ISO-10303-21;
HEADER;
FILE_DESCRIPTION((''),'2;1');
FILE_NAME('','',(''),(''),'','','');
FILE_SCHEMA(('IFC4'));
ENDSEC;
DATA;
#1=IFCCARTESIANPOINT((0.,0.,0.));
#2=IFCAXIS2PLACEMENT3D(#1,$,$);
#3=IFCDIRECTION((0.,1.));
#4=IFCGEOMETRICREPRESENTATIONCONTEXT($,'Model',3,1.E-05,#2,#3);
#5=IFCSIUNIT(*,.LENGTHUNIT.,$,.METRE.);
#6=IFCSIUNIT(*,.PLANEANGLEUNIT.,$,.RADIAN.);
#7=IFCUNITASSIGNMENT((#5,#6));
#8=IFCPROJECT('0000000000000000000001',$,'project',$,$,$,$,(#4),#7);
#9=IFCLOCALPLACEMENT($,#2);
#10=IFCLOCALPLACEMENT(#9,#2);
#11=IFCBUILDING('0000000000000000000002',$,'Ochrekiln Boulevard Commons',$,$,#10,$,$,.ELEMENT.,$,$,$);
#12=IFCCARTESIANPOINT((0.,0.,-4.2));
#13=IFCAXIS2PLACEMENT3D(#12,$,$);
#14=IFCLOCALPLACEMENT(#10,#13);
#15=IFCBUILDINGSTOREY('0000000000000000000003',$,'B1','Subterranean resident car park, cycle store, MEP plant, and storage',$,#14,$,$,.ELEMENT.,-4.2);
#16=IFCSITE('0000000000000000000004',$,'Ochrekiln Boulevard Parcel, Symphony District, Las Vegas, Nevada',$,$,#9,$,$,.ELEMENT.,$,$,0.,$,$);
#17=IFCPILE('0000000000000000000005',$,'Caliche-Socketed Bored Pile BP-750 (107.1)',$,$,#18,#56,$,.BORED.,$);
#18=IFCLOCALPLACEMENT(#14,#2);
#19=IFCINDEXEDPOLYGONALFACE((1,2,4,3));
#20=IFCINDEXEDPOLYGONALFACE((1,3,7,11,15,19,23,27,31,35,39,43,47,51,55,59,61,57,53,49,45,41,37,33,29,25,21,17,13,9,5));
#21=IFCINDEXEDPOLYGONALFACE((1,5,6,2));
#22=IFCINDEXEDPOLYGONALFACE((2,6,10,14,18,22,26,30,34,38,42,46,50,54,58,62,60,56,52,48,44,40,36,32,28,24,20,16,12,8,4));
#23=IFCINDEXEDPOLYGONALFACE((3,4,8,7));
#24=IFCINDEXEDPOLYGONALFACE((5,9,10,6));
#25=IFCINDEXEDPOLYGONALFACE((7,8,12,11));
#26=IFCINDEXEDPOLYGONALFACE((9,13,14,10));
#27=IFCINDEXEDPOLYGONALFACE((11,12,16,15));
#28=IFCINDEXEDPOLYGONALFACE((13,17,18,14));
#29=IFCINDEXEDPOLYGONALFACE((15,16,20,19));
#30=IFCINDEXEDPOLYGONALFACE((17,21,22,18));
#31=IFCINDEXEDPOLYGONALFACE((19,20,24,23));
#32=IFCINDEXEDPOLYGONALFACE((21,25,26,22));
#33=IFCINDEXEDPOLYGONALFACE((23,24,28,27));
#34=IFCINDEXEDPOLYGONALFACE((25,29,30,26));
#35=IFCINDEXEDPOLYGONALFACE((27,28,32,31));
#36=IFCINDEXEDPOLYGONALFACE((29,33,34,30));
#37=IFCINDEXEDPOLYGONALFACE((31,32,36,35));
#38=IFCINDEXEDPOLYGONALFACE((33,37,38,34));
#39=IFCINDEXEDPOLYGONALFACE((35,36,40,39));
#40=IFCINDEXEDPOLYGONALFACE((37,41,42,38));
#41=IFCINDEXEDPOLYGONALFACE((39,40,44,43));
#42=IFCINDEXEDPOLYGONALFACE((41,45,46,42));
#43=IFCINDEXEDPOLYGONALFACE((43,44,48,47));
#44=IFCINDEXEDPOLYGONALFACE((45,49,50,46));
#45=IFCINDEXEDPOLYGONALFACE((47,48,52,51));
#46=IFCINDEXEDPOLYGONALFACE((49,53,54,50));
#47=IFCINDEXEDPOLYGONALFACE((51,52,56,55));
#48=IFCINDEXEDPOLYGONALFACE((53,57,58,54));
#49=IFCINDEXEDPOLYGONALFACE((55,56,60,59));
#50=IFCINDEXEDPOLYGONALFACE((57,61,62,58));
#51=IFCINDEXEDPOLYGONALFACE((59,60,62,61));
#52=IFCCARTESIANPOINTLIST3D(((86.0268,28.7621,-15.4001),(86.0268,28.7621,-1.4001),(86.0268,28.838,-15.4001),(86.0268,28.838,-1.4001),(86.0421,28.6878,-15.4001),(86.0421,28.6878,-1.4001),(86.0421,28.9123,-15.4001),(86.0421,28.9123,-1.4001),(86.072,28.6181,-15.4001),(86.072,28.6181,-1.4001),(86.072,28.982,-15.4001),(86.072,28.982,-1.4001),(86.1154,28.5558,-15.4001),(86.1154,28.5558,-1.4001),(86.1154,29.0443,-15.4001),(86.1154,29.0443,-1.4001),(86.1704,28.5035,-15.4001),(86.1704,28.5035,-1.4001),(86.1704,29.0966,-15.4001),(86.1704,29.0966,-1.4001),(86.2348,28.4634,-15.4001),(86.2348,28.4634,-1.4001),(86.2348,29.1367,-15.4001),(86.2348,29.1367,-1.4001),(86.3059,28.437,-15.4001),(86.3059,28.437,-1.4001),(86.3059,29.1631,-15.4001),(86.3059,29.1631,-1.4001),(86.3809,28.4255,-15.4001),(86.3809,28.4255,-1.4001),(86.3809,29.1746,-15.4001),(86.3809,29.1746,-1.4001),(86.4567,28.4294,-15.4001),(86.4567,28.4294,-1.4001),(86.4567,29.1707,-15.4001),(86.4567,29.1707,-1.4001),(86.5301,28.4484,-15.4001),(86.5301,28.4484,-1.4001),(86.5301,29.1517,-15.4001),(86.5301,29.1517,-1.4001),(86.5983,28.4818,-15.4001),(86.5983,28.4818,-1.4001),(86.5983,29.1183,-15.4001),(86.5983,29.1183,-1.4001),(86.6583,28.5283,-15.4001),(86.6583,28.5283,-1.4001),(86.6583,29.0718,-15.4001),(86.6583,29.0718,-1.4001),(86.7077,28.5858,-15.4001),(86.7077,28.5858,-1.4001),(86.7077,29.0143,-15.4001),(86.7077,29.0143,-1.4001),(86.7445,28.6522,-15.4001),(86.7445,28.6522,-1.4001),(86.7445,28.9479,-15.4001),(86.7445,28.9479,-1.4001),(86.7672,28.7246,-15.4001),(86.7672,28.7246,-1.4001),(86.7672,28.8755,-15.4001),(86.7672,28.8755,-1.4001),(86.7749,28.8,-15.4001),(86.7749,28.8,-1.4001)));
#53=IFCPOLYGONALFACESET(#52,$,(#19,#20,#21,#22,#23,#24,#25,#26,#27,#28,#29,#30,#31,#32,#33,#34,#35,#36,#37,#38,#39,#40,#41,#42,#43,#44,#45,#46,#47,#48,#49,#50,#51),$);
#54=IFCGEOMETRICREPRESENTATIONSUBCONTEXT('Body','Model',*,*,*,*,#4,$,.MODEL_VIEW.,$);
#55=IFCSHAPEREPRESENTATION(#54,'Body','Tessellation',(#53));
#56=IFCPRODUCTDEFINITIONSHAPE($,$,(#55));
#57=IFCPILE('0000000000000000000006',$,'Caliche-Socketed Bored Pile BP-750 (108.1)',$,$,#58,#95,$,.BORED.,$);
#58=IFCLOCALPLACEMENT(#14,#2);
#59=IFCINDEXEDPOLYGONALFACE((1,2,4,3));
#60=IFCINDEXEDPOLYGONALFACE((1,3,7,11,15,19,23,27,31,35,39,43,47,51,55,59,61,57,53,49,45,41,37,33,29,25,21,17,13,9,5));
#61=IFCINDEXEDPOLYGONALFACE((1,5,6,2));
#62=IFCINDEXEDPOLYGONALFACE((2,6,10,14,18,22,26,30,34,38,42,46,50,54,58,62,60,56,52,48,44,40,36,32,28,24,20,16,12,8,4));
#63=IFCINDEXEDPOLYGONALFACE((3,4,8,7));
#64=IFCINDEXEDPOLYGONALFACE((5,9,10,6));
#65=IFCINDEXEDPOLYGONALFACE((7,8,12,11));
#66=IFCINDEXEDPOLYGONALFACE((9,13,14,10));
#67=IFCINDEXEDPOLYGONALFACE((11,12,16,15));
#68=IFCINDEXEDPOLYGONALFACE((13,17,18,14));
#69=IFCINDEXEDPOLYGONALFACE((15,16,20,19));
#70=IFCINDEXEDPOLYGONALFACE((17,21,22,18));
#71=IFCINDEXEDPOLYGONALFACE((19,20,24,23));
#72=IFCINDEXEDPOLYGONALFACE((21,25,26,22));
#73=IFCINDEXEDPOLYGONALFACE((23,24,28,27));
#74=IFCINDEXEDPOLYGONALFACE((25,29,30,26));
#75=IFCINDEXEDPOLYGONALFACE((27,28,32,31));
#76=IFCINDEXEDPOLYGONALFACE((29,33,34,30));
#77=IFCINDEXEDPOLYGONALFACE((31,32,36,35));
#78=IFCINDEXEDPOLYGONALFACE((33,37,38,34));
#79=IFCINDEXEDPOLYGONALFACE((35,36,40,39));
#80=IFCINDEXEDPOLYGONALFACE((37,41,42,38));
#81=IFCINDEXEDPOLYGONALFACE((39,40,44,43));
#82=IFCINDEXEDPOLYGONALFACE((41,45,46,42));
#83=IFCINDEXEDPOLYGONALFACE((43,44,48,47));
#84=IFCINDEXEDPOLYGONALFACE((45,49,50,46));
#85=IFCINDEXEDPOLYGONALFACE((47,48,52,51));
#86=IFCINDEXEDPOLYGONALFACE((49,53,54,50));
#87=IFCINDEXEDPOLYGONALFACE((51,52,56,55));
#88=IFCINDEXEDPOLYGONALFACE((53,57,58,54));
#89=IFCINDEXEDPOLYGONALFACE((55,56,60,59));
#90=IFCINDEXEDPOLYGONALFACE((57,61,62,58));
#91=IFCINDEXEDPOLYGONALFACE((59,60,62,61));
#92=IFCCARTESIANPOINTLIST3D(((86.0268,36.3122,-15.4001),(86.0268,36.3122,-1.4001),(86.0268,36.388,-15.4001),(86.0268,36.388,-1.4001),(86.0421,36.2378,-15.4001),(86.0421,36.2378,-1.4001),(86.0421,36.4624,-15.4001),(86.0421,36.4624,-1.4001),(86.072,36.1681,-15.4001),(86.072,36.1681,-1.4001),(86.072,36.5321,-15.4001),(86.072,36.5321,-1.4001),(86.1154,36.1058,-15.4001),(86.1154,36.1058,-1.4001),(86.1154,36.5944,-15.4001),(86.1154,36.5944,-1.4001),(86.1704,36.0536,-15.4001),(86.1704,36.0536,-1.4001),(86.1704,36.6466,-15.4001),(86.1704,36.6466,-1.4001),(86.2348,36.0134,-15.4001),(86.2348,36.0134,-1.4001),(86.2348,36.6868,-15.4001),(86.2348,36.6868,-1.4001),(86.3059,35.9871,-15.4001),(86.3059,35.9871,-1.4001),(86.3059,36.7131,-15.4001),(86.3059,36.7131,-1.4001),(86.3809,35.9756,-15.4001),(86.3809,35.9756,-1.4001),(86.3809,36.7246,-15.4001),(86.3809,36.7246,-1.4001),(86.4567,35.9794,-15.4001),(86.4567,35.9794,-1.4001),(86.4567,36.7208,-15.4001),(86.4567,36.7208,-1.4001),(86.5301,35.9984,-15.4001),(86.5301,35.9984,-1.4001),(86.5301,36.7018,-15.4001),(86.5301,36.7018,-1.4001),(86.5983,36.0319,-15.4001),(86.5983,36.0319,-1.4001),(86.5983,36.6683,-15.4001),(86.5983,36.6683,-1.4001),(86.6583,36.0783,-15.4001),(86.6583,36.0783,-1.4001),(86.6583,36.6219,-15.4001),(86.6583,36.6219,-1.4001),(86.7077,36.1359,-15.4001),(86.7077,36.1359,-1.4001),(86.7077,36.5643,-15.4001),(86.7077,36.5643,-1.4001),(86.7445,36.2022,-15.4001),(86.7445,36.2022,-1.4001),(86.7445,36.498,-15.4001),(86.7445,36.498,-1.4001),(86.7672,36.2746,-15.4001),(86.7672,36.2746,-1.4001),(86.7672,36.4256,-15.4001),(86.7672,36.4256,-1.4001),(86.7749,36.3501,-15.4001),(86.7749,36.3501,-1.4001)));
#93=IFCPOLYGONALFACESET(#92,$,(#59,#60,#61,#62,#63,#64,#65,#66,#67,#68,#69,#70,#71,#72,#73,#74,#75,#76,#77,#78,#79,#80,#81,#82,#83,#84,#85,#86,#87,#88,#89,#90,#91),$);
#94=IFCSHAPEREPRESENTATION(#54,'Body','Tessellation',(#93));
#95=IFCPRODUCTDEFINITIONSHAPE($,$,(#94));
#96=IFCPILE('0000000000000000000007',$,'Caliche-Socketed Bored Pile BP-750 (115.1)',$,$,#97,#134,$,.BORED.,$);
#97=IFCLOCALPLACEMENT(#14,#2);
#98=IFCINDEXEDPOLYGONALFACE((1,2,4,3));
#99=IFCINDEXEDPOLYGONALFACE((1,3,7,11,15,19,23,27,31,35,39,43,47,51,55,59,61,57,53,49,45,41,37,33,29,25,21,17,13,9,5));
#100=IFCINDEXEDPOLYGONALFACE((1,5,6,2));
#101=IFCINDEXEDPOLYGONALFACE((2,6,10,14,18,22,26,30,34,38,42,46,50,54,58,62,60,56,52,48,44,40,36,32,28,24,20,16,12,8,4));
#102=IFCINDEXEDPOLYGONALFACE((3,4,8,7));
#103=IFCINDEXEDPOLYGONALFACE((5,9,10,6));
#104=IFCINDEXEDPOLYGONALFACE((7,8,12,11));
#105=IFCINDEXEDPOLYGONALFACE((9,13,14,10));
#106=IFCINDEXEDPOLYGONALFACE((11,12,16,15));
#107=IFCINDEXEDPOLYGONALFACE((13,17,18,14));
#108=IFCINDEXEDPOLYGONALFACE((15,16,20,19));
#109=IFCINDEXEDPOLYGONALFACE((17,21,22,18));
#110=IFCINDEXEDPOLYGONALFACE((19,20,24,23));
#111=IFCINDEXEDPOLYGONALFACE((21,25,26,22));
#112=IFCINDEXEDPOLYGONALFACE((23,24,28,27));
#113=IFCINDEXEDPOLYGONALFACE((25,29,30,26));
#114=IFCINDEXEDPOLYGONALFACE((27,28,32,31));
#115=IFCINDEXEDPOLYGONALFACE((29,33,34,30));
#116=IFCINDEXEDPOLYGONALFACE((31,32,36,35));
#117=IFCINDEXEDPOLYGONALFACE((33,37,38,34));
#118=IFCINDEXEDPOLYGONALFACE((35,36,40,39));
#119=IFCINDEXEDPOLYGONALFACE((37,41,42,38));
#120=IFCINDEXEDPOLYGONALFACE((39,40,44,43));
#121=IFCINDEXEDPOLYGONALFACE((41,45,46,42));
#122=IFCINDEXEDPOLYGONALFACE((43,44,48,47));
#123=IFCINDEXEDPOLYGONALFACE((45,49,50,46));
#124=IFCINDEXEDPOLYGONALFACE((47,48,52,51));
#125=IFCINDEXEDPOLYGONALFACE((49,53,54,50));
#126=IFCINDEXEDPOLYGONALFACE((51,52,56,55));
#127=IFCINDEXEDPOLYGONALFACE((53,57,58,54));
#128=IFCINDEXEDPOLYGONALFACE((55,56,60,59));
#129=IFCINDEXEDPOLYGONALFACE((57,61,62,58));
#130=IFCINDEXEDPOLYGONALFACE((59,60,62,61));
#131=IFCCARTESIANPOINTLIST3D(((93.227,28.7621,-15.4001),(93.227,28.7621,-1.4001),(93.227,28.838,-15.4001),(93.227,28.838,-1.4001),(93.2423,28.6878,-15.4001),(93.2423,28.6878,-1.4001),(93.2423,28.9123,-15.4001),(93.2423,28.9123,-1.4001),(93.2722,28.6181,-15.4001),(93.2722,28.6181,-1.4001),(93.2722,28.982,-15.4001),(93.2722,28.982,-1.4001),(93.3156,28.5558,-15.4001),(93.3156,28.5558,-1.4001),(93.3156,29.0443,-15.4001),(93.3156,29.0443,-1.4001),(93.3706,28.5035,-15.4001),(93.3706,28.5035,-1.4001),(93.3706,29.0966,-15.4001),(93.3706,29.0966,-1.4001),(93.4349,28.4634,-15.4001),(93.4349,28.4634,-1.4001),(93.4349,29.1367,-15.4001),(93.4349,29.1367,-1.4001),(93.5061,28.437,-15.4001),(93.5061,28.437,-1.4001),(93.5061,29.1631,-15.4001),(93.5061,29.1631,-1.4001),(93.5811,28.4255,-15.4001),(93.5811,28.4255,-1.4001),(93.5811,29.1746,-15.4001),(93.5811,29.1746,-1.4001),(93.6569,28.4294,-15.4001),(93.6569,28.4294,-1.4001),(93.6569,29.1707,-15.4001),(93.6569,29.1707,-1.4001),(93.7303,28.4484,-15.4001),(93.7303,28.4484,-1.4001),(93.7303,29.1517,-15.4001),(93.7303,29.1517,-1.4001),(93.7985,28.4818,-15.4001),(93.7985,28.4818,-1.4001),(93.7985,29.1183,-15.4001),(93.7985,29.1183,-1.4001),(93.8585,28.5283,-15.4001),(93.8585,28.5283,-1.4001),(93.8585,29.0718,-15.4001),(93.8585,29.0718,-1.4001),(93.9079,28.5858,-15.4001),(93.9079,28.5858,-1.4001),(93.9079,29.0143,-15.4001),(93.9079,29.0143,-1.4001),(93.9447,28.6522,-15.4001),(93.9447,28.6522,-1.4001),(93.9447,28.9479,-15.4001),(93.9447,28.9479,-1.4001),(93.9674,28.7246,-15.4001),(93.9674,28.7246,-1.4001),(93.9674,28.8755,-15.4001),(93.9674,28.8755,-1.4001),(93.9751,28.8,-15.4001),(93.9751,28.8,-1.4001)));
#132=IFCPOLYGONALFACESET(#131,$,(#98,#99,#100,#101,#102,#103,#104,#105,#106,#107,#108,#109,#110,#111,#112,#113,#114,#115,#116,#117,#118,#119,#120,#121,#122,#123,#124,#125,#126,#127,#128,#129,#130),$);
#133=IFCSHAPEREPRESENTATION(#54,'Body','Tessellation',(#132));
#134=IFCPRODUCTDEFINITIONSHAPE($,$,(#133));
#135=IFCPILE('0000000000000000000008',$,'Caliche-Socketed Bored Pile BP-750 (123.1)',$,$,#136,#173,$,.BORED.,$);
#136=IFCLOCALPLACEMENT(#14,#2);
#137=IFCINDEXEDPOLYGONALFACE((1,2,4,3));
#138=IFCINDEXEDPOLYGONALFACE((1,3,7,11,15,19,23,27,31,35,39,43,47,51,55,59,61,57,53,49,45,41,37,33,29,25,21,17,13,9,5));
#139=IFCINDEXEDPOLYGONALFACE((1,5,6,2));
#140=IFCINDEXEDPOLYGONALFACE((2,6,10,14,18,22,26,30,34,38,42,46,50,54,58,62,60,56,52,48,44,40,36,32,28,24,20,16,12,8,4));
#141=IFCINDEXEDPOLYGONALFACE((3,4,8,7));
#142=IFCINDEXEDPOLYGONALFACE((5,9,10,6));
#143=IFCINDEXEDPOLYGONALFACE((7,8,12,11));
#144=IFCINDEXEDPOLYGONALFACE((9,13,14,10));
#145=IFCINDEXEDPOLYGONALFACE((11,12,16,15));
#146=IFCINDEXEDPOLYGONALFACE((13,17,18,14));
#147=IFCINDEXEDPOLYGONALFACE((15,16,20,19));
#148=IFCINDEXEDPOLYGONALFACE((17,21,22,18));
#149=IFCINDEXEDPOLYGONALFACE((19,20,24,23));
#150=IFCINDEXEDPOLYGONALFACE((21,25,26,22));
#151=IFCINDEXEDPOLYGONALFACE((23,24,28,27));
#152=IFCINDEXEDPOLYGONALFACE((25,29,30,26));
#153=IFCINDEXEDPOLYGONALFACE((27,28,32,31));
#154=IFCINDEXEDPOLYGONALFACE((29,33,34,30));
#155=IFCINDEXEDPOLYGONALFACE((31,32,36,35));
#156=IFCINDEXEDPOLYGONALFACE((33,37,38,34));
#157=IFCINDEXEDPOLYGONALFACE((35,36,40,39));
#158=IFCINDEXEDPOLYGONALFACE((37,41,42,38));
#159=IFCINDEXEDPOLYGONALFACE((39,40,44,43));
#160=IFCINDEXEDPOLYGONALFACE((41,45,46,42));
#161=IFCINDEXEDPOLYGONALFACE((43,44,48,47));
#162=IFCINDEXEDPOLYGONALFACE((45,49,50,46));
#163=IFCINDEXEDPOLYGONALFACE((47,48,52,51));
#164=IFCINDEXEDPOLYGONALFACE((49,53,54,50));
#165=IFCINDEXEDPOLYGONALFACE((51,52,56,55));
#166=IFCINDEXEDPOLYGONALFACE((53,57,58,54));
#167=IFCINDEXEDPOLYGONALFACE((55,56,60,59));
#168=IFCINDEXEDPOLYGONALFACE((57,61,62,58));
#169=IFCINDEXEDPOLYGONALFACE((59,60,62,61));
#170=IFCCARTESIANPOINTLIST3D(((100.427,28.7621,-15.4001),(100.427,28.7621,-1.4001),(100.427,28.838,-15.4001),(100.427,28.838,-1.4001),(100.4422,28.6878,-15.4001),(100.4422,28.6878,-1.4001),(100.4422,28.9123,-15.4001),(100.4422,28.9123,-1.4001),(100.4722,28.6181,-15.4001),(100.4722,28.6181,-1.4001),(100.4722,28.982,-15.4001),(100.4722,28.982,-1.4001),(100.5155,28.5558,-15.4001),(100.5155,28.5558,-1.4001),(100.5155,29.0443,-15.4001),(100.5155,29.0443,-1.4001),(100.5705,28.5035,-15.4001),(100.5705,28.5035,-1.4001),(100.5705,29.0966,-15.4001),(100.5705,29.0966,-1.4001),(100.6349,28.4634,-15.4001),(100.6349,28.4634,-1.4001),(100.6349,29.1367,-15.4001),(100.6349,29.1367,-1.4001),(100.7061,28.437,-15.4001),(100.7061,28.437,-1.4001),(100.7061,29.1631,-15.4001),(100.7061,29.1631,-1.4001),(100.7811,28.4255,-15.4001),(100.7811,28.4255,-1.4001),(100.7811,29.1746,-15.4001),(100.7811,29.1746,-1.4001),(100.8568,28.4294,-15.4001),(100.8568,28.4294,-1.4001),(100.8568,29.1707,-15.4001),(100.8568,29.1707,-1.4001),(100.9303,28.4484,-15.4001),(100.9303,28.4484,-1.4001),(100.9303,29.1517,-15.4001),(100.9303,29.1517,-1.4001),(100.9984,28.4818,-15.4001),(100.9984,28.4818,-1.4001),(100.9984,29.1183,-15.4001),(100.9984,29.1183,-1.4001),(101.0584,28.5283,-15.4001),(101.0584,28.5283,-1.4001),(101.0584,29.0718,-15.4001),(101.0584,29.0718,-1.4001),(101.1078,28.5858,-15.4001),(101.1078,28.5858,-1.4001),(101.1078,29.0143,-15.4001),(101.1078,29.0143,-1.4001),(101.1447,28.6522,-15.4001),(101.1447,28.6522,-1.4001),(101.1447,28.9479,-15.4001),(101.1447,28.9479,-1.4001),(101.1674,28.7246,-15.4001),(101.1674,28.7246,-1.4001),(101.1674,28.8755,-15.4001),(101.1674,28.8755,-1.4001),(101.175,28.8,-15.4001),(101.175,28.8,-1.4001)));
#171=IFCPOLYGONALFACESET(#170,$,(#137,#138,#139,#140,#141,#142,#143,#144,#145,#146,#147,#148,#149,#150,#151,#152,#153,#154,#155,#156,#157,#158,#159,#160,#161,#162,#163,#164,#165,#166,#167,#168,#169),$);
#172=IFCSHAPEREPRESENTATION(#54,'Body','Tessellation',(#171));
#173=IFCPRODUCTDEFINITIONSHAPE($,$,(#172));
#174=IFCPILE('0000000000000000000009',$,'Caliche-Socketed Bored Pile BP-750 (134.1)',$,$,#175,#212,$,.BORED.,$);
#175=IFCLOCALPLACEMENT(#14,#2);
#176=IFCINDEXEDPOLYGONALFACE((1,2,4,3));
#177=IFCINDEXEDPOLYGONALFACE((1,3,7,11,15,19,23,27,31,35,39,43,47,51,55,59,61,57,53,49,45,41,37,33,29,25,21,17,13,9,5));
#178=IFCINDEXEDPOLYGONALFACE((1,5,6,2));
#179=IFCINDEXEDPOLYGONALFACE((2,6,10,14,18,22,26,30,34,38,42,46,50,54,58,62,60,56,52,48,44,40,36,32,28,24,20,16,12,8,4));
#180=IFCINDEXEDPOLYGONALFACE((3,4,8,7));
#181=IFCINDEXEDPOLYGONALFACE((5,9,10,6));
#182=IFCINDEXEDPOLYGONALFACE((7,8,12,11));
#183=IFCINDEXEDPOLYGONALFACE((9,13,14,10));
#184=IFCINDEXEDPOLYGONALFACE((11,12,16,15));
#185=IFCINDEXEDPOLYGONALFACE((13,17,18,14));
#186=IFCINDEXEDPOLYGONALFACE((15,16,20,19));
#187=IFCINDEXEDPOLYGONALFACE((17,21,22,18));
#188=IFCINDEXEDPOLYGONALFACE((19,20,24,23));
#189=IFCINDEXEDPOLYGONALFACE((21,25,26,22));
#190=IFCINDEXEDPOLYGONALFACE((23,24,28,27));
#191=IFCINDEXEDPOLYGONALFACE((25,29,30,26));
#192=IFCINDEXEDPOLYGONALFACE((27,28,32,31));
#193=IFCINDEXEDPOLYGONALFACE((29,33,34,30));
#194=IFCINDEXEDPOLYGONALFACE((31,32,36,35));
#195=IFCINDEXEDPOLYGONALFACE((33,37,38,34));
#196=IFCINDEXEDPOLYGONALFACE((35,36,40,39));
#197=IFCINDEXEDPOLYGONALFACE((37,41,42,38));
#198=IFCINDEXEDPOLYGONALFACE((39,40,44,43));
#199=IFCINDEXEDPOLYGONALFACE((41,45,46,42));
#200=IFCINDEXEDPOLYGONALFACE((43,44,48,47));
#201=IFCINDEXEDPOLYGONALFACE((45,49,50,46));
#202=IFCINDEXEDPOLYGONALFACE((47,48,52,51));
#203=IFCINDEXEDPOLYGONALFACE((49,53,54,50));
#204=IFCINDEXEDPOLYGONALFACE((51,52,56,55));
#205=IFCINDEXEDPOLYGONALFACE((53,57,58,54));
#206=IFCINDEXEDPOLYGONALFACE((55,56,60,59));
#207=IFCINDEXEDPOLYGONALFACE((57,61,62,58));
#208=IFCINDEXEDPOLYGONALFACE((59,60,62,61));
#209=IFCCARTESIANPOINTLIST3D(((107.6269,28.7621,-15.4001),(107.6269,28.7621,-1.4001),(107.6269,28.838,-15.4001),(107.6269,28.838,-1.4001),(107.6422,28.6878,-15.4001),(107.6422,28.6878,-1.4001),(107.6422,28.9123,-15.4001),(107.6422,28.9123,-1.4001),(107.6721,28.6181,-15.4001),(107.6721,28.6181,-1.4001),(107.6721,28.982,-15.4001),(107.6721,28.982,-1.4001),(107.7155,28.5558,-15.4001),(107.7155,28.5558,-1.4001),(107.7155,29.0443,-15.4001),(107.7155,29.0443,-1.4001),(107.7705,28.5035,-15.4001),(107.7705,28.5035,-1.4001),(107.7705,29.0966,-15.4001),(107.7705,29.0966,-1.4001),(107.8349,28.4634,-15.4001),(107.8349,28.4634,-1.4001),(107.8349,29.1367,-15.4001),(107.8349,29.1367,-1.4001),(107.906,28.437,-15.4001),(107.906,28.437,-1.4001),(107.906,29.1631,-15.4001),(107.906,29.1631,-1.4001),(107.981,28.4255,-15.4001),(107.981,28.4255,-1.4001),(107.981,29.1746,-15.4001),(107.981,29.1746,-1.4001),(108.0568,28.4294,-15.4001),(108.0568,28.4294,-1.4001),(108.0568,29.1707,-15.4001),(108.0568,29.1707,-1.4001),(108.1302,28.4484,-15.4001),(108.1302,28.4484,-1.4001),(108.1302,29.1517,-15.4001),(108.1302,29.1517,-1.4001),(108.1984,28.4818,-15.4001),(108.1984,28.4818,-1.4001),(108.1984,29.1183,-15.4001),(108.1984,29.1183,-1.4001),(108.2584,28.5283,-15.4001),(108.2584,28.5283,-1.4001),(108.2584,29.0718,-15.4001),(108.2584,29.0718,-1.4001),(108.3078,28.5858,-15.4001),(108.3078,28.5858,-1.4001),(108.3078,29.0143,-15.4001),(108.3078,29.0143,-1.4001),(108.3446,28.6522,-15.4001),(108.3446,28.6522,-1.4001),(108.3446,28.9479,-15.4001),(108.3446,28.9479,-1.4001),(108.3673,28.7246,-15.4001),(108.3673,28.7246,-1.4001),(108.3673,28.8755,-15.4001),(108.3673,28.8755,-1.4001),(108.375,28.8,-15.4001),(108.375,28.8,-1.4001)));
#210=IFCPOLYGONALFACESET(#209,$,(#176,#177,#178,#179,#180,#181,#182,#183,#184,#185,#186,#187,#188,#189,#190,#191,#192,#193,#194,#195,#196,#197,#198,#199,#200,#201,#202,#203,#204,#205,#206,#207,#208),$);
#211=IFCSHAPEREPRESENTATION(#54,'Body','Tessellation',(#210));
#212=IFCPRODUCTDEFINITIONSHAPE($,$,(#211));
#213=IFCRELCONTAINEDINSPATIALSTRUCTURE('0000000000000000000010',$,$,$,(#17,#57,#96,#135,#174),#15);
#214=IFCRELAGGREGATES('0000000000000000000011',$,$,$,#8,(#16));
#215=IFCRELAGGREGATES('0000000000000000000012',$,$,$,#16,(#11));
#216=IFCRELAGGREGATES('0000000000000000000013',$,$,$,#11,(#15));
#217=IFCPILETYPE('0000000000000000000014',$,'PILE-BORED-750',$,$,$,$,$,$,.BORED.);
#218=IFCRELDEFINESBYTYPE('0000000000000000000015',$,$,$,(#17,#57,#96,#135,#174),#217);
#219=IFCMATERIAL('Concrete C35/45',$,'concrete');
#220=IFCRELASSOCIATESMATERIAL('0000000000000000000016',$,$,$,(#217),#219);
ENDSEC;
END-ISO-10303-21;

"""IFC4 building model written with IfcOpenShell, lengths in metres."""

from ifc_helpers import new_model, si_unit, direction, frame, origin, origin_2d, place, context, subcontext, project, spatial, circle, extrude, material, material_profile, profile_set, type_object, element, save


model = new_model("IFC4")

# Units and contexts
model_context = context("Model", 3, precision=1e-05, world=origin(), true_north=direction((0.0, 1.0)))
body_context = subcontext(model_context, "Body", "Model", "MODEL_VIEW")
ifc_project = project(units=[si_unit("LENGTHUNIT", "METRE"), si_unit("PLANEANGLEUNIT", "RADIAN")], contexts=[model_context])

# Site, building, storey
site_placement = place(None, origin())
site = spatial("IfcSite", under=ifc_project, at=site_placement, Name="Ochrekiln Boulevard Parcel, Symphony District, Las Vegas, Nevada", CompositionType="ELEMENT", RefElevation=0.0)
building_placement = place(site_placement, origin())
building = spatial("IfcBuilding", under=site, at=building_placement, Name="Ochrekiln Boulevard Commons", CompositionType="ELEMENT")
storey_placement = place(building_placement, frame((0.0, 0.0, -4.2)))
storey = spatial("IfcBuildingStorey", under=building, at=storey_placement, Name="B1", Description="Subterranean resident car park, cycle store, MEP plant, and storage", CompositionType="ELEMENT", Elevation=-4.2)

# Shared definitions
ifc_material_1 = material(Name="Concrete C35/45", Category="concrete")

# Piles
ifc_material_profile_1 = material_profile(ifc_material_1, circle(Radius=0.375, at=origin_2d()), Name="PILE-D750")
ifc_profile_set_1 = profile_set([ifc_material_profile_1], Name="Concrete C35/45")
pile_type = type_object("IfcPileType", Name="PILE-BORED-750", PredefinedType="BORED", material=ifc_profile_set_1)
for number, where, z_axis, x_axis, name in (
    (1, (86.3999, 28.8, -1.4001), (0.0, 0.0, -1.0), (1.0, 0.0, 0.0), "Caliche-Socketed Bored Pile BP-750 (107.1)"),
    (2, (86.3999, 36.3501, -1.4001), (0.0, 0.0, -1.0), (1.0, 0.0, 0.0), "Caliche-Socketed Bored Pile BP-750 (108.1)"),
    (3, (93.6001, 28.8, -1.4001), (0.0, 0.0, -1.0), (1.0, 0.0, 0.0), "Caliche-Socketed Bored Pile BP-750 (115.1)"),
    (4, (100.8, 28.8, -1.4001), (0.0, 0.0, -1.0), (1.0, 0.0, 0.0), "Caliche-Socketed Bored Pile BP-750 (123.1)"),
    (5, (108.0, 28.8, -1.4001), (0.0, 0.0, -1.0), (1.0, 0.0, 0.0), "Caliche-Socketed Bored Pile BP-750 (134.1)"),
):
    element("IfcPile", number, at=place(storey_placement, frame(where, z_axis=z_axis, x_axis=x_axis)), inside=storey, type_object=pile_type, Name=name, PredefinedType="BORED", context=body_context, shape_type="SweptSolid", body=[
        extrude(circle(Radius=0.375, at=origin_2d()), origin(), (0.0, 0.0, 1.0), 14.0),
    ])

save(model, "model.ifc")
